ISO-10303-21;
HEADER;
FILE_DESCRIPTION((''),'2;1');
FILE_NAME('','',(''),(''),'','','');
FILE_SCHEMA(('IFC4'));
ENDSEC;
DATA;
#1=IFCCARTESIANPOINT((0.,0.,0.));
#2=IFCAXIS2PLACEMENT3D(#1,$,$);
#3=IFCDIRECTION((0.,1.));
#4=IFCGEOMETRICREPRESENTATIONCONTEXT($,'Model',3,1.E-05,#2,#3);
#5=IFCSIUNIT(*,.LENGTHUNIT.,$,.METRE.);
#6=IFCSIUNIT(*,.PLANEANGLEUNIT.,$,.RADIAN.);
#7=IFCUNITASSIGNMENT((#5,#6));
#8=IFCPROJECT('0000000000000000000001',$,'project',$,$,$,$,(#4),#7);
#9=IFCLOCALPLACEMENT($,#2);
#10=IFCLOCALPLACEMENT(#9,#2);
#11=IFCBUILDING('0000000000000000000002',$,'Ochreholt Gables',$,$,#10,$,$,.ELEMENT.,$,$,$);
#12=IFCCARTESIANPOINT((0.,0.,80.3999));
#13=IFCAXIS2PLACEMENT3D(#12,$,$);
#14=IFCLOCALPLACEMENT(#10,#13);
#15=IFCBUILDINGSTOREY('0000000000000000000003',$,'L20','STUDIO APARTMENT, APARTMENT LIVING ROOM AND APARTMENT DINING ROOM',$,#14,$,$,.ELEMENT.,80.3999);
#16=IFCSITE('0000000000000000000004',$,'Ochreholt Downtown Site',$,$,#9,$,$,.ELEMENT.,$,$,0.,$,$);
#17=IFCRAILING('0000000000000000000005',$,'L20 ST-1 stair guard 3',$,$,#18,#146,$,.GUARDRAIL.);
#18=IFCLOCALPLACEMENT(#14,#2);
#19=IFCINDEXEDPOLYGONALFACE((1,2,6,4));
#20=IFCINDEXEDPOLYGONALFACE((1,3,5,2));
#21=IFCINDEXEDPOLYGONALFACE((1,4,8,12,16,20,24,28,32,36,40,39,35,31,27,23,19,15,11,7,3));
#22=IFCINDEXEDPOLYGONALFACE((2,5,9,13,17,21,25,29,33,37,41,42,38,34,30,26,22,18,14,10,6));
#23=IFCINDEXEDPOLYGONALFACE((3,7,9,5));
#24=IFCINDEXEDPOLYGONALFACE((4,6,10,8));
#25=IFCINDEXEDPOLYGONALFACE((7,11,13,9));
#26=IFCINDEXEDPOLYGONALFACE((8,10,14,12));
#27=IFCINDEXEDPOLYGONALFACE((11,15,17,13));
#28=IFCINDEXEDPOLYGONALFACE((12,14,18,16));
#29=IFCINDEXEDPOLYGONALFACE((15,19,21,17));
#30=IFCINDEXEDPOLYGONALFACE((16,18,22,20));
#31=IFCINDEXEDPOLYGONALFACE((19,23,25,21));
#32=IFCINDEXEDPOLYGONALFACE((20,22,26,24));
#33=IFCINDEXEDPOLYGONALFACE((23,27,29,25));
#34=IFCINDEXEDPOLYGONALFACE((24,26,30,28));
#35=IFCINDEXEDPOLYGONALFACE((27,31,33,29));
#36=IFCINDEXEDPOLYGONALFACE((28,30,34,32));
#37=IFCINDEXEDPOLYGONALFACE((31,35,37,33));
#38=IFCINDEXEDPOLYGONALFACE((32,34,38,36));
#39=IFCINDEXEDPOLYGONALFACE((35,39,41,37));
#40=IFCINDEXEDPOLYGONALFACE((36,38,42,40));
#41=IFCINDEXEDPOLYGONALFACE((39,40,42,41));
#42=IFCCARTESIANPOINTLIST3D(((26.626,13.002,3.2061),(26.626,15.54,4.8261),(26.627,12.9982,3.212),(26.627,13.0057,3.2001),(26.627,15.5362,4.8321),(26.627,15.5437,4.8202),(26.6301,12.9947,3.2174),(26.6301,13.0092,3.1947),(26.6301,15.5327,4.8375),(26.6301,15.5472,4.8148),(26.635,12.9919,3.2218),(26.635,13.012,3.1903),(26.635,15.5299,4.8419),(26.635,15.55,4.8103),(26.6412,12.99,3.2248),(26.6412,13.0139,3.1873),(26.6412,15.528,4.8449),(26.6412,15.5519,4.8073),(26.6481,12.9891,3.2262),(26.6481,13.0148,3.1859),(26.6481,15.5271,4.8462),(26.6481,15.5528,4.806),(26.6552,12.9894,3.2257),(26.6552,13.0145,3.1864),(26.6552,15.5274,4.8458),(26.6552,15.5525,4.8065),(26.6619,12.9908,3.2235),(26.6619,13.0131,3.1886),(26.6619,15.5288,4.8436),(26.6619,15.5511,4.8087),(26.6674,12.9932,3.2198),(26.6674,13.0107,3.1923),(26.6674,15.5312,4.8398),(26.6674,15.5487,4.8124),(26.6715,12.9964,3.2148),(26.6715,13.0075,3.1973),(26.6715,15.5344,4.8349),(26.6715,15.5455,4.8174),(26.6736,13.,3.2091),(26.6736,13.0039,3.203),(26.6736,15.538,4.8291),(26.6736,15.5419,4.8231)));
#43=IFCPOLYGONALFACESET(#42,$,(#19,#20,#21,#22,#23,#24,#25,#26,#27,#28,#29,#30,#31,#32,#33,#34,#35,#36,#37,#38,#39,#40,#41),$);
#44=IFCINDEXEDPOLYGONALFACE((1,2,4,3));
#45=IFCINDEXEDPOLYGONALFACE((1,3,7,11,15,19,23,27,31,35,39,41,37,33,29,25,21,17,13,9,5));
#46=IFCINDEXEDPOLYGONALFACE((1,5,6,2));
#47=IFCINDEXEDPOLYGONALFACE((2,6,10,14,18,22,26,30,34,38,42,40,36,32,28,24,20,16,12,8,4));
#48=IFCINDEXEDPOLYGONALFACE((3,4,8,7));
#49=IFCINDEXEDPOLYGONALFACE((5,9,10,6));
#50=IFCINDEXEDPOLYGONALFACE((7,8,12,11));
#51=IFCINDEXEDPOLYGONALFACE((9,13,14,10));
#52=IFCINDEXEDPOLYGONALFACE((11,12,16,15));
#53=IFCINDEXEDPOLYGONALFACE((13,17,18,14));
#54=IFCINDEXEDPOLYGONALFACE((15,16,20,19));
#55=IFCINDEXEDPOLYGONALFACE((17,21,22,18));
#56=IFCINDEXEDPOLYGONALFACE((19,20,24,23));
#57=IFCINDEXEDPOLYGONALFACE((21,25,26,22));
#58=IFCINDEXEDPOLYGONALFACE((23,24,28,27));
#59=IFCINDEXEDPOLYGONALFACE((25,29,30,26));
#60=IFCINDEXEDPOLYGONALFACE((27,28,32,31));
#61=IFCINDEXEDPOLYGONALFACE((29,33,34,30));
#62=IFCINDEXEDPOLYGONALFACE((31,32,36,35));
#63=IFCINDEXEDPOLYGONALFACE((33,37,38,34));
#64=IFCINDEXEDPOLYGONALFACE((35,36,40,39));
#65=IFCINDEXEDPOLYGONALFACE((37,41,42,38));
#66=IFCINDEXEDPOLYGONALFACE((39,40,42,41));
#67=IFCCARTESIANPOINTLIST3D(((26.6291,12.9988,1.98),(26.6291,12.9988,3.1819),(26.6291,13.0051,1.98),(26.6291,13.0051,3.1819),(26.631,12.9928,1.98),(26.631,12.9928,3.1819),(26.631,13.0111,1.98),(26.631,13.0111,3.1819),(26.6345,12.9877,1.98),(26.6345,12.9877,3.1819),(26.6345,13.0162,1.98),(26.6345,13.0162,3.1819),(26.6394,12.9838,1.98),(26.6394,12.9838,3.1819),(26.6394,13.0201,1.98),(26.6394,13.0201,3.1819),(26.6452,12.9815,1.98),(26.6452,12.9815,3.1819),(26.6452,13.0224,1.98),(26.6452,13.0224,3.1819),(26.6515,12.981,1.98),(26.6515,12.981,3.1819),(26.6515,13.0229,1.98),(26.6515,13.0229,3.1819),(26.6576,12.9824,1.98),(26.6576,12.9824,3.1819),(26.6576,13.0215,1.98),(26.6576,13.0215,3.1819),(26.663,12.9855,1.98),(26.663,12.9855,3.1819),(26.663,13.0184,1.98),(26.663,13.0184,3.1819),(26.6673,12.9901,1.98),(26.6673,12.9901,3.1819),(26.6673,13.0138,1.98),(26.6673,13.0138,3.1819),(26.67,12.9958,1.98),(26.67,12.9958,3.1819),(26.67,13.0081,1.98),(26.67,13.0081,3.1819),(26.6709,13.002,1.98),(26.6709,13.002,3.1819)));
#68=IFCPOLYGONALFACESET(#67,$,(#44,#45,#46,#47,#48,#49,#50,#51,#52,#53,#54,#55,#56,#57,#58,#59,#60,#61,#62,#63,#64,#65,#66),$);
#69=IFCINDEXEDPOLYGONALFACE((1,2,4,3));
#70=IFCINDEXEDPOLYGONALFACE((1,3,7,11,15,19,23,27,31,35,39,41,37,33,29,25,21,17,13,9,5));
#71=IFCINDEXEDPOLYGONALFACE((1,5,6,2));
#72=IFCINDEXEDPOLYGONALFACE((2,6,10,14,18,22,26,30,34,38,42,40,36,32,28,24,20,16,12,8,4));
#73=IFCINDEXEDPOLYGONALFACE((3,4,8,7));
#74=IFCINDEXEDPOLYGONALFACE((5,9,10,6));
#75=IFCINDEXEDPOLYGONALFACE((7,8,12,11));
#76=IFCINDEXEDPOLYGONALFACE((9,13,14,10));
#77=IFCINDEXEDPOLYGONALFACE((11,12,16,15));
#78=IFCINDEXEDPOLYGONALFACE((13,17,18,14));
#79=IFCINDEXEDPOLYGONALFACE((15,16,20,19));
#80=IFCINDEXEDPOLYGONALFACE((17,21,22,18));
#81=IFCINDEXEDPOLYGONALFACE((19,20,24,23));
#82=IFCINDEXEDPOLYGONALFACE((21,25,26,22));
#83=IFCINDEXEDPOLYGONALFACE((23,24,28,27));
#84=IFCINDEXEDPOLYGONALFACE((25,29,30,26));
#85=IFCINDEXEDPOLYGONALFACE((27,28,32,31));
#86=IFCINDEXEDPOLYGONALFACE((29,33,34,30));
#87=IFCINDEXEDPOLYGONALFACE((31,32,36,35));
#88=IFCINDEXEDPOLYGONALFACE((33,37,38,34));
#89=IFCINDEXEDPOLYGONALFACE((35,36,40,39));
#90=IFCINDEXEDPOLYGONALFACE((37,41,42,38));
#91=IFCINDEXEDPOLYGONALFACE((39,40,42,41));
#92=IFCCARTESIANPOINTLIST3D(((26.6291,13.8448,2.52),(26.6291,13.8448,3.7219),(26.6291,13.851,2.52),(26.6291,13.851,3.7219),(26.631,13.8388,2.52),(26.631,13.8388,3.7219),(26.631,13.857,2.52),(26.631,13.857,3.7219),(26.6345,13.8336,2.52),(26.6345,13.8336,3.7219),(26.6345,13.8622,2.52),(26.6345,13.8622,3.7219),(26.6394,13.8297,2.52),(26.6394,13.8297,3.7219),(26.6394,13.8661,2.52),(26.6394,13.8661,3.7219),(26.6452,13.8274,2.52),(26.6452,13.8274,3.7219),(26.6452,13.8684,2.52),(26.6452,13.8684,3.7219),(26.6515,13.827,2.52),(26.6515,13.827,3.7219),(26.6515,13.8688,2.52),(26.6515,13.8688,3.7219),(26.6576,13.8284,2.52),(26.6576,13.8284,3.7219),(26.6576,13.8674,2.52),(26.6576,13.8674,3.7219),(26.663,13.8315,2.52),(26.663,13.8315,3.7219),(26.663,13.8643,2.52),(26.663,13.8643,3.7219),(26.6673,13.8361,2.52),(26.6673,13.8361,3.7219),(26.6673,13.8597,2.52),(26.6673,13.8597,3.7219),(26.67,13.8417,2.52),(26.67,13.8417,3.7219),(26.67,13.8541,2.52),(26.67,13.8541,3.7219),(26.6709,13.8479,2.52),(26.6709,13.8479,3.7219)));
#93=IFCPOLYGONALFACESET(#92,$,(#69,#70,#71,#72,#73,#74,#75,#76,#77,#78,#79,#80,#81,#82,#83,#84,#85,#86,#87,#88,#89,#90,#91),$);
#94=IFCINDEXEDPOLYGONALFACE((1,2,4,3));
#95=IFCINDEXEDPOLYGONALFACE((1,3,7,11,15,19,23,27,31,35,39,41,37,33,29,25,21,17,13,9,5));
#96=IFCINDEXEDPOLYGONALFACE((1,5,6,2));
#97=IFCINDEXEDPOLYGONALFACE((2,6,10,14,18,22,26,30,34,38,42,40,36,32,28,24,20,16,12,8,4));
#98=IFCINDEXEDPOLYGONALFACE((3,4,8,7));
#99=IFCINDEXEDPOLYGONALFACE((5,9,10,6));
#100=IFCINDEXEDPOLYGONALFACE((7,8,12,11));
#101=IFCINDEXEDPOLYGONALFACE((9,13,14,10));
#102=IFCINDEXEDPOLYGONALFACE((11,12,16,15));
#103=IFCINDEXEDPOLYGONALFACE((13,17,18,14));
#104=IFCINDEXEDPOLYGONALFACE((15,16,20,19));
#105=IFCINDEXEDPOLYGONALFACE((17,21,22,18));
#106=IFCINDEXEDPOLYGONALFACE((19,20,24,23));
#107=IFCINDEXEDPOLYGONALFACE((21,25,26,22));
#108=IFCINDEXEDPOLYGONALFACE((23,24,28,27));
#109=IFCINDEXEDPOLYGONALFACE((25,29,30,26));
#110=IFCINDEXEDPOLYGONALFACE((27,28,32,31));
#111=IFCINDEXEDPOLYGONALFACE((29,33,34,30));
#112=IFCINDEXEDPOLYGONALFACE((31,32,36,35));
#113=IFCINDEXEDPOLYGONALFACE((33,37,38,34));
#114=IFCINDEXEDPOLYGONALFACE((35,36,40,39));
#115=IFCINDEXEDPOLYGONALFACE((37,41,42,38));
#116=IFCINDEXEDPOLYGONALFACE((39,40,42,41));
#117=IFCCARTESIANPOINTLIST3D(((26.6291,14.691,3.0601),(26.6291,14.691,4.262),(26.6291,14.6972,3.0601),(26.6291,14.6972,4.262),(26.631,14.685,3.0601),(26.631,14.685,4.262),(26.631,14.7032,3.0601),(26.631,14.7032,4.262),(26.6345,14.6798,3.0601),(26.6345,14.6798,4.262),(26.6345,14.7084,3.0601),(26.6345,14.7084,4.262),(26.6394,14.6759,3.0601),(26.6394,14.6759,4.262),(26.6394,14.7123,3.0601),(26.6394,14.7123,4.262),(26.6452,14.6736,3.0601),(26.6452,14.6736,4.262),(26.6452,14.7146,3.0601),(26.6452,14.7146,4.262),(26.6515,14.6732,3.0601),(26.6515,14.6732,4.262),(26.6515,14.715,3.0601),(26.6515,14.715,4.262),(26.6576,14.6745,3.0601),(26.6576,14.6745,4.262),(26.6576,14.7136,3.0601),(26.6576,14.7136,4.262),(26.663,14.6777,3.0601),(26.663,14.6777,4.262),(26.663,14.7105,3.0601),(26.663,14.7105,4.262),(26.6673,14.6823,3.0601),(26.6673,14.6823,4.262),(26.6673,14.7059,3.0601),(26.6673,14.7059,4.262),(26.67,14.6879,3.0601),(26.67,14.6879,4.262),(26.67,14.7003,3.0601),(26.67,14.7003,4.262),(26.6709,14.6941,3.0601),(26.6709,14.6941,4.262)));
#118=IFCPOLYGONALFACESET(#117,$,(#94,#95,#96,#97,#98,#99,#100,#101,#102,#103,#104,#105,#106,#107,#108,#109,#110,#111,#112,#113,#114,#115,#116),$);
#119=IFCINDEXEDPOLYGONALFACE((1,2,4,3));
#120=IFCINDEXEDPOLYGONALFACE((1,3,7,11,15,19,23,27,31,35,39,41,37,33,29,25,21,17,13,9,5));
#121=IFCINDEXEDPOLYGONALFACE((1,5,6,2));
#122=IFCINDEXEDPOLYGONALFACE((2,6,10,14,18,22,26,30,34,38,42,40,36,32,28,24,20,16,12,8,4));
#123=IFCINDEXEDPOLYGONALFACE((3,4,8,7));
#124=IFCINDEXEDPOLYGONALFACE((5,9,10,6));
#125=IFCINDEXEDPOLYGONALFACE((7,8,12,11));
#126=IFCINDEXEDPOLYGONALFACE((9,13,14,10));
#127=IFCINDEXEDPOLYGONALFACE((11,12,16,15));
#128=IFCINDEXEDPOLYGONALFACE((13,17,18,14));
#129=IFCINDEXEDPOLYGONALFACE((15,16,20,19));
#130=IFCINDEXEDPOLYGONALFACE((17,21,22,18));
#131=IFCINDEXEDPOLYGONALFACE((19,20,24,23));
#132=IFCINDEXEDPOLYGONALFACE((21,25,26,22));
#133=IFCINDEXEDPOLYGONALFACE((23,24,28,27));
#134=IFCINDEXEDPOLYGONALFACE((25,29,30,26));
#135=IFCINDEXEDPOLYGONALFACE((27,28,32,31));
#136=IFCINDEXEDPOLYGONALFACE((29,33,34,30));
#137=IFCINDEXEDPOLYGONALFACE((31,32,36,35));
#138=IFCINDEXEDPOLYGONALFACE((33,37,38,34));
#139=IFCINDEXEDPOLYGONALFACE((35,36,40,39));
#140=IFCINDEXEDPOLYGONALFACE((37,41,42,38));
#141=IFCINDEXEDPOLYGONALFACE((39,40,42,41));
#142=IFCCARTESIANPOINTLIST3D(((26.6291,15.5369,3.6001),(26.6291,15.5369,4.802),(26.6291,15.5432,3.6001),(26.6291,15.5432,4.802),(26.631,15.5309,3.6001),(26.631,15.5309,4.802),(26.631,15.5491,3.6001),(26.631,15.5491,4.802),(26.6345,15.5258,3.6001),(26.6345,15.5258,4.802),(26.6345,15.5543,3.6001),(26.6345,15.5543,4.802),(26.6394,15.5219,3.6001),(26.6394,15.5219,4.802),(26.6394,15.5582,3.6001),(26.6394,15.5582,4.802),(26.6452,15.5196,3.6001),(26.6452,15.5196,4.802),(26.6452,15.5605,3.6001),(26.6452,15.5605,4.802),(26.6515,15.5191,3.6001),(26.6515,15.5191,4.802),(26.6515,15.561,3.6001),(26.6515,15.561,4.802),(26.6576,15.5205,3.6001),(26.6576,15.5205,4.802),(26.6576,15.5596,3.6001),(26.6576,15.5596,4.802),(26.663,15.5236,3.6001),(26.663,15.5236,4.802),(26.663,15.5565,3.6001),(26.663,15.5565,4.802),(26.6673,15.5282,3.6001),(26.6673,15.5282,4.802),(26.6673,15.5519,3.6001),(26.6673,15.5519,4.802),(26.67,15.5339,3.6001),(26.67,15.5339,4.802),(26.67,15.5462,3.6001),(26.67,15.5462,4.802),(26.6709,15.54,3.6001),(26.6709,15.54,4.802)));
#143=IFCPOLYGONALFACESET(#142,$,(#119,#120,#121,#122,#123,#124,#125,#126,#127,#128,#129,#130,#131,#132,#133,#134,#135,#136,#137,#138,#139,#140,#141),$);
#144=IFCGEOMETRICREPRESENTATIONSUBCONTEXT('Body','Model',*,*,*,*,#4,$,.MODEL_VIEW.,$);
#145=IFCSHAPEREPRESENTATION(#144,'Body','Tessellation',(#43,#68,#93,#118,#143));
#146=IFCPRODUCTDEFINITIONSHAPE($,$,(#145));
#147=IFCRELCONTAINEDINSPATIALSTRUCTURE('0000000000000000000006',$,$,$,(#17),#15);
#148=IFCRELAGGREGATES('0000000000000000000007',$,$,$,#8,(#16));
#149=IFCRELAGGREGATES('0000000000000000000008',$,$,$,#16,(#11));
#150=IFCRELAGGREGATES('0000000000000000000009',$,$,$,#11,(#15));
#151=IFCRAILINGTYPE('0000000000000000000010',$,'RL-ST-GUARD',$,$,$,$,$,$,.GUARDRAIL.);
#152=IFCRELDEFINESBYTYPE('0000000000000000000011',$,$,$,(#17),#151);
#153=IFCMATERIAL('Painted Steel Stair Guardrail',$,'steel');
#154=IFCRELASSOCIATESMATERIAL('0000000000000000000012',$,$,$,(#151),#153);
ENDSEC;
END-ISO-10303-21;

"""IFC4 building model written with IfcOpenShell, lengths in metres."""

from ifc_helpers import new_model, si_unit, direction, frame, origin, origin_2d, place, context, subcontext, project, spatial, circle, extrude, material, type_object, element, save


model = new_model("IFC4")

# Units and contexts
model_context = context("Model", 3, precision=1e-05, world=origin(), true_north=direction((0.0, 1.0)))
body_context = subcontext(model_context, "Body", "Model", "MODEL_VIEW")
ifc_project = project(units=[si_unit("LENGTHUNIT", "METRE"), si_unit("PLANEANGLEUNIT", "RADIAN")], contexts=[model_context])

# Site, building, storey
site_placement = place(None, origin())
site = spatial("IfcSite", under=ifc_project, at=site_placement, Name="Ochreholt Downtown Site", CompositionType="ELEMENT", RefElevation=0.0)
building_placement = place(site_placement, origin())
building = spatial("IfcBuilding", under=site, at=building_placement, Name="Ochreholt Gables", CompositionType="ELEMENT")
storey_placement = place(building_placement, frame((0.0, 0.0, 80.3999)))
storey = spatial("IfcBuildingStorey", under=building, at=storey_placement, Name="L20", Description="STUDIO APARTMENT, APARTMENT LIVING ROOM AND APARTMENT DINING ROOM", CompositionType="ELEMENT", Elevation=80.3999)

# Railing
ifc_material_1 = material(Name="Painted Steel Stair Guardrail", Category="steel")
railing_type_1 = type_object("IfcRailingType", Name="RL-ST-GUARD", PredefinedType="GUARDRAIL", material=ifc_material_1)
railing_1_placement = place(storey_placement, frame((26.6499, 13.002, 1.98)))
element("IfcRailing", 1, at=railing_1_placement, inside=storey, type_object=railing_type_1, Name="L20 ST-1 stair guard 3", PredefinedType="GUARDRAIL", context=body_context, shape_type="SweptSolid", body=[
    extrude(circle(Radius=0.0239, at=origin_2d()), frame((0.0, 0.0, 1.2261), z_axis=(0.0, 0.842913, 0.53805), x_axis=(-1.0, 0.0, 0.0)), (0.0, 0.0, 1.0), 3.011),
    extrude(circle(Radius=0.021, at=origin_2d()), origin(), (0.0, 0.0, 1.0), 1.2019),
    extrude(circle(Radius=0.021, at=origin_2d()), frame((0.0, 0.8459, 0.54)), (0.0, 0.0, 1.0), 1.2019),
    extrude(circle(Radius=0.021, at=origin_2d()), frame((0.0, 1.6921, 1.0801)), (0.0, 0.0, 1.0), 1.2019),
    extrude(circle(Radius=0.021, at=origin_2d()), frame((0.0, 2.5381, 1.6201)), (0.0, 0.0, 1.0), 1.2019),
])

save(model, "model.ifc")
